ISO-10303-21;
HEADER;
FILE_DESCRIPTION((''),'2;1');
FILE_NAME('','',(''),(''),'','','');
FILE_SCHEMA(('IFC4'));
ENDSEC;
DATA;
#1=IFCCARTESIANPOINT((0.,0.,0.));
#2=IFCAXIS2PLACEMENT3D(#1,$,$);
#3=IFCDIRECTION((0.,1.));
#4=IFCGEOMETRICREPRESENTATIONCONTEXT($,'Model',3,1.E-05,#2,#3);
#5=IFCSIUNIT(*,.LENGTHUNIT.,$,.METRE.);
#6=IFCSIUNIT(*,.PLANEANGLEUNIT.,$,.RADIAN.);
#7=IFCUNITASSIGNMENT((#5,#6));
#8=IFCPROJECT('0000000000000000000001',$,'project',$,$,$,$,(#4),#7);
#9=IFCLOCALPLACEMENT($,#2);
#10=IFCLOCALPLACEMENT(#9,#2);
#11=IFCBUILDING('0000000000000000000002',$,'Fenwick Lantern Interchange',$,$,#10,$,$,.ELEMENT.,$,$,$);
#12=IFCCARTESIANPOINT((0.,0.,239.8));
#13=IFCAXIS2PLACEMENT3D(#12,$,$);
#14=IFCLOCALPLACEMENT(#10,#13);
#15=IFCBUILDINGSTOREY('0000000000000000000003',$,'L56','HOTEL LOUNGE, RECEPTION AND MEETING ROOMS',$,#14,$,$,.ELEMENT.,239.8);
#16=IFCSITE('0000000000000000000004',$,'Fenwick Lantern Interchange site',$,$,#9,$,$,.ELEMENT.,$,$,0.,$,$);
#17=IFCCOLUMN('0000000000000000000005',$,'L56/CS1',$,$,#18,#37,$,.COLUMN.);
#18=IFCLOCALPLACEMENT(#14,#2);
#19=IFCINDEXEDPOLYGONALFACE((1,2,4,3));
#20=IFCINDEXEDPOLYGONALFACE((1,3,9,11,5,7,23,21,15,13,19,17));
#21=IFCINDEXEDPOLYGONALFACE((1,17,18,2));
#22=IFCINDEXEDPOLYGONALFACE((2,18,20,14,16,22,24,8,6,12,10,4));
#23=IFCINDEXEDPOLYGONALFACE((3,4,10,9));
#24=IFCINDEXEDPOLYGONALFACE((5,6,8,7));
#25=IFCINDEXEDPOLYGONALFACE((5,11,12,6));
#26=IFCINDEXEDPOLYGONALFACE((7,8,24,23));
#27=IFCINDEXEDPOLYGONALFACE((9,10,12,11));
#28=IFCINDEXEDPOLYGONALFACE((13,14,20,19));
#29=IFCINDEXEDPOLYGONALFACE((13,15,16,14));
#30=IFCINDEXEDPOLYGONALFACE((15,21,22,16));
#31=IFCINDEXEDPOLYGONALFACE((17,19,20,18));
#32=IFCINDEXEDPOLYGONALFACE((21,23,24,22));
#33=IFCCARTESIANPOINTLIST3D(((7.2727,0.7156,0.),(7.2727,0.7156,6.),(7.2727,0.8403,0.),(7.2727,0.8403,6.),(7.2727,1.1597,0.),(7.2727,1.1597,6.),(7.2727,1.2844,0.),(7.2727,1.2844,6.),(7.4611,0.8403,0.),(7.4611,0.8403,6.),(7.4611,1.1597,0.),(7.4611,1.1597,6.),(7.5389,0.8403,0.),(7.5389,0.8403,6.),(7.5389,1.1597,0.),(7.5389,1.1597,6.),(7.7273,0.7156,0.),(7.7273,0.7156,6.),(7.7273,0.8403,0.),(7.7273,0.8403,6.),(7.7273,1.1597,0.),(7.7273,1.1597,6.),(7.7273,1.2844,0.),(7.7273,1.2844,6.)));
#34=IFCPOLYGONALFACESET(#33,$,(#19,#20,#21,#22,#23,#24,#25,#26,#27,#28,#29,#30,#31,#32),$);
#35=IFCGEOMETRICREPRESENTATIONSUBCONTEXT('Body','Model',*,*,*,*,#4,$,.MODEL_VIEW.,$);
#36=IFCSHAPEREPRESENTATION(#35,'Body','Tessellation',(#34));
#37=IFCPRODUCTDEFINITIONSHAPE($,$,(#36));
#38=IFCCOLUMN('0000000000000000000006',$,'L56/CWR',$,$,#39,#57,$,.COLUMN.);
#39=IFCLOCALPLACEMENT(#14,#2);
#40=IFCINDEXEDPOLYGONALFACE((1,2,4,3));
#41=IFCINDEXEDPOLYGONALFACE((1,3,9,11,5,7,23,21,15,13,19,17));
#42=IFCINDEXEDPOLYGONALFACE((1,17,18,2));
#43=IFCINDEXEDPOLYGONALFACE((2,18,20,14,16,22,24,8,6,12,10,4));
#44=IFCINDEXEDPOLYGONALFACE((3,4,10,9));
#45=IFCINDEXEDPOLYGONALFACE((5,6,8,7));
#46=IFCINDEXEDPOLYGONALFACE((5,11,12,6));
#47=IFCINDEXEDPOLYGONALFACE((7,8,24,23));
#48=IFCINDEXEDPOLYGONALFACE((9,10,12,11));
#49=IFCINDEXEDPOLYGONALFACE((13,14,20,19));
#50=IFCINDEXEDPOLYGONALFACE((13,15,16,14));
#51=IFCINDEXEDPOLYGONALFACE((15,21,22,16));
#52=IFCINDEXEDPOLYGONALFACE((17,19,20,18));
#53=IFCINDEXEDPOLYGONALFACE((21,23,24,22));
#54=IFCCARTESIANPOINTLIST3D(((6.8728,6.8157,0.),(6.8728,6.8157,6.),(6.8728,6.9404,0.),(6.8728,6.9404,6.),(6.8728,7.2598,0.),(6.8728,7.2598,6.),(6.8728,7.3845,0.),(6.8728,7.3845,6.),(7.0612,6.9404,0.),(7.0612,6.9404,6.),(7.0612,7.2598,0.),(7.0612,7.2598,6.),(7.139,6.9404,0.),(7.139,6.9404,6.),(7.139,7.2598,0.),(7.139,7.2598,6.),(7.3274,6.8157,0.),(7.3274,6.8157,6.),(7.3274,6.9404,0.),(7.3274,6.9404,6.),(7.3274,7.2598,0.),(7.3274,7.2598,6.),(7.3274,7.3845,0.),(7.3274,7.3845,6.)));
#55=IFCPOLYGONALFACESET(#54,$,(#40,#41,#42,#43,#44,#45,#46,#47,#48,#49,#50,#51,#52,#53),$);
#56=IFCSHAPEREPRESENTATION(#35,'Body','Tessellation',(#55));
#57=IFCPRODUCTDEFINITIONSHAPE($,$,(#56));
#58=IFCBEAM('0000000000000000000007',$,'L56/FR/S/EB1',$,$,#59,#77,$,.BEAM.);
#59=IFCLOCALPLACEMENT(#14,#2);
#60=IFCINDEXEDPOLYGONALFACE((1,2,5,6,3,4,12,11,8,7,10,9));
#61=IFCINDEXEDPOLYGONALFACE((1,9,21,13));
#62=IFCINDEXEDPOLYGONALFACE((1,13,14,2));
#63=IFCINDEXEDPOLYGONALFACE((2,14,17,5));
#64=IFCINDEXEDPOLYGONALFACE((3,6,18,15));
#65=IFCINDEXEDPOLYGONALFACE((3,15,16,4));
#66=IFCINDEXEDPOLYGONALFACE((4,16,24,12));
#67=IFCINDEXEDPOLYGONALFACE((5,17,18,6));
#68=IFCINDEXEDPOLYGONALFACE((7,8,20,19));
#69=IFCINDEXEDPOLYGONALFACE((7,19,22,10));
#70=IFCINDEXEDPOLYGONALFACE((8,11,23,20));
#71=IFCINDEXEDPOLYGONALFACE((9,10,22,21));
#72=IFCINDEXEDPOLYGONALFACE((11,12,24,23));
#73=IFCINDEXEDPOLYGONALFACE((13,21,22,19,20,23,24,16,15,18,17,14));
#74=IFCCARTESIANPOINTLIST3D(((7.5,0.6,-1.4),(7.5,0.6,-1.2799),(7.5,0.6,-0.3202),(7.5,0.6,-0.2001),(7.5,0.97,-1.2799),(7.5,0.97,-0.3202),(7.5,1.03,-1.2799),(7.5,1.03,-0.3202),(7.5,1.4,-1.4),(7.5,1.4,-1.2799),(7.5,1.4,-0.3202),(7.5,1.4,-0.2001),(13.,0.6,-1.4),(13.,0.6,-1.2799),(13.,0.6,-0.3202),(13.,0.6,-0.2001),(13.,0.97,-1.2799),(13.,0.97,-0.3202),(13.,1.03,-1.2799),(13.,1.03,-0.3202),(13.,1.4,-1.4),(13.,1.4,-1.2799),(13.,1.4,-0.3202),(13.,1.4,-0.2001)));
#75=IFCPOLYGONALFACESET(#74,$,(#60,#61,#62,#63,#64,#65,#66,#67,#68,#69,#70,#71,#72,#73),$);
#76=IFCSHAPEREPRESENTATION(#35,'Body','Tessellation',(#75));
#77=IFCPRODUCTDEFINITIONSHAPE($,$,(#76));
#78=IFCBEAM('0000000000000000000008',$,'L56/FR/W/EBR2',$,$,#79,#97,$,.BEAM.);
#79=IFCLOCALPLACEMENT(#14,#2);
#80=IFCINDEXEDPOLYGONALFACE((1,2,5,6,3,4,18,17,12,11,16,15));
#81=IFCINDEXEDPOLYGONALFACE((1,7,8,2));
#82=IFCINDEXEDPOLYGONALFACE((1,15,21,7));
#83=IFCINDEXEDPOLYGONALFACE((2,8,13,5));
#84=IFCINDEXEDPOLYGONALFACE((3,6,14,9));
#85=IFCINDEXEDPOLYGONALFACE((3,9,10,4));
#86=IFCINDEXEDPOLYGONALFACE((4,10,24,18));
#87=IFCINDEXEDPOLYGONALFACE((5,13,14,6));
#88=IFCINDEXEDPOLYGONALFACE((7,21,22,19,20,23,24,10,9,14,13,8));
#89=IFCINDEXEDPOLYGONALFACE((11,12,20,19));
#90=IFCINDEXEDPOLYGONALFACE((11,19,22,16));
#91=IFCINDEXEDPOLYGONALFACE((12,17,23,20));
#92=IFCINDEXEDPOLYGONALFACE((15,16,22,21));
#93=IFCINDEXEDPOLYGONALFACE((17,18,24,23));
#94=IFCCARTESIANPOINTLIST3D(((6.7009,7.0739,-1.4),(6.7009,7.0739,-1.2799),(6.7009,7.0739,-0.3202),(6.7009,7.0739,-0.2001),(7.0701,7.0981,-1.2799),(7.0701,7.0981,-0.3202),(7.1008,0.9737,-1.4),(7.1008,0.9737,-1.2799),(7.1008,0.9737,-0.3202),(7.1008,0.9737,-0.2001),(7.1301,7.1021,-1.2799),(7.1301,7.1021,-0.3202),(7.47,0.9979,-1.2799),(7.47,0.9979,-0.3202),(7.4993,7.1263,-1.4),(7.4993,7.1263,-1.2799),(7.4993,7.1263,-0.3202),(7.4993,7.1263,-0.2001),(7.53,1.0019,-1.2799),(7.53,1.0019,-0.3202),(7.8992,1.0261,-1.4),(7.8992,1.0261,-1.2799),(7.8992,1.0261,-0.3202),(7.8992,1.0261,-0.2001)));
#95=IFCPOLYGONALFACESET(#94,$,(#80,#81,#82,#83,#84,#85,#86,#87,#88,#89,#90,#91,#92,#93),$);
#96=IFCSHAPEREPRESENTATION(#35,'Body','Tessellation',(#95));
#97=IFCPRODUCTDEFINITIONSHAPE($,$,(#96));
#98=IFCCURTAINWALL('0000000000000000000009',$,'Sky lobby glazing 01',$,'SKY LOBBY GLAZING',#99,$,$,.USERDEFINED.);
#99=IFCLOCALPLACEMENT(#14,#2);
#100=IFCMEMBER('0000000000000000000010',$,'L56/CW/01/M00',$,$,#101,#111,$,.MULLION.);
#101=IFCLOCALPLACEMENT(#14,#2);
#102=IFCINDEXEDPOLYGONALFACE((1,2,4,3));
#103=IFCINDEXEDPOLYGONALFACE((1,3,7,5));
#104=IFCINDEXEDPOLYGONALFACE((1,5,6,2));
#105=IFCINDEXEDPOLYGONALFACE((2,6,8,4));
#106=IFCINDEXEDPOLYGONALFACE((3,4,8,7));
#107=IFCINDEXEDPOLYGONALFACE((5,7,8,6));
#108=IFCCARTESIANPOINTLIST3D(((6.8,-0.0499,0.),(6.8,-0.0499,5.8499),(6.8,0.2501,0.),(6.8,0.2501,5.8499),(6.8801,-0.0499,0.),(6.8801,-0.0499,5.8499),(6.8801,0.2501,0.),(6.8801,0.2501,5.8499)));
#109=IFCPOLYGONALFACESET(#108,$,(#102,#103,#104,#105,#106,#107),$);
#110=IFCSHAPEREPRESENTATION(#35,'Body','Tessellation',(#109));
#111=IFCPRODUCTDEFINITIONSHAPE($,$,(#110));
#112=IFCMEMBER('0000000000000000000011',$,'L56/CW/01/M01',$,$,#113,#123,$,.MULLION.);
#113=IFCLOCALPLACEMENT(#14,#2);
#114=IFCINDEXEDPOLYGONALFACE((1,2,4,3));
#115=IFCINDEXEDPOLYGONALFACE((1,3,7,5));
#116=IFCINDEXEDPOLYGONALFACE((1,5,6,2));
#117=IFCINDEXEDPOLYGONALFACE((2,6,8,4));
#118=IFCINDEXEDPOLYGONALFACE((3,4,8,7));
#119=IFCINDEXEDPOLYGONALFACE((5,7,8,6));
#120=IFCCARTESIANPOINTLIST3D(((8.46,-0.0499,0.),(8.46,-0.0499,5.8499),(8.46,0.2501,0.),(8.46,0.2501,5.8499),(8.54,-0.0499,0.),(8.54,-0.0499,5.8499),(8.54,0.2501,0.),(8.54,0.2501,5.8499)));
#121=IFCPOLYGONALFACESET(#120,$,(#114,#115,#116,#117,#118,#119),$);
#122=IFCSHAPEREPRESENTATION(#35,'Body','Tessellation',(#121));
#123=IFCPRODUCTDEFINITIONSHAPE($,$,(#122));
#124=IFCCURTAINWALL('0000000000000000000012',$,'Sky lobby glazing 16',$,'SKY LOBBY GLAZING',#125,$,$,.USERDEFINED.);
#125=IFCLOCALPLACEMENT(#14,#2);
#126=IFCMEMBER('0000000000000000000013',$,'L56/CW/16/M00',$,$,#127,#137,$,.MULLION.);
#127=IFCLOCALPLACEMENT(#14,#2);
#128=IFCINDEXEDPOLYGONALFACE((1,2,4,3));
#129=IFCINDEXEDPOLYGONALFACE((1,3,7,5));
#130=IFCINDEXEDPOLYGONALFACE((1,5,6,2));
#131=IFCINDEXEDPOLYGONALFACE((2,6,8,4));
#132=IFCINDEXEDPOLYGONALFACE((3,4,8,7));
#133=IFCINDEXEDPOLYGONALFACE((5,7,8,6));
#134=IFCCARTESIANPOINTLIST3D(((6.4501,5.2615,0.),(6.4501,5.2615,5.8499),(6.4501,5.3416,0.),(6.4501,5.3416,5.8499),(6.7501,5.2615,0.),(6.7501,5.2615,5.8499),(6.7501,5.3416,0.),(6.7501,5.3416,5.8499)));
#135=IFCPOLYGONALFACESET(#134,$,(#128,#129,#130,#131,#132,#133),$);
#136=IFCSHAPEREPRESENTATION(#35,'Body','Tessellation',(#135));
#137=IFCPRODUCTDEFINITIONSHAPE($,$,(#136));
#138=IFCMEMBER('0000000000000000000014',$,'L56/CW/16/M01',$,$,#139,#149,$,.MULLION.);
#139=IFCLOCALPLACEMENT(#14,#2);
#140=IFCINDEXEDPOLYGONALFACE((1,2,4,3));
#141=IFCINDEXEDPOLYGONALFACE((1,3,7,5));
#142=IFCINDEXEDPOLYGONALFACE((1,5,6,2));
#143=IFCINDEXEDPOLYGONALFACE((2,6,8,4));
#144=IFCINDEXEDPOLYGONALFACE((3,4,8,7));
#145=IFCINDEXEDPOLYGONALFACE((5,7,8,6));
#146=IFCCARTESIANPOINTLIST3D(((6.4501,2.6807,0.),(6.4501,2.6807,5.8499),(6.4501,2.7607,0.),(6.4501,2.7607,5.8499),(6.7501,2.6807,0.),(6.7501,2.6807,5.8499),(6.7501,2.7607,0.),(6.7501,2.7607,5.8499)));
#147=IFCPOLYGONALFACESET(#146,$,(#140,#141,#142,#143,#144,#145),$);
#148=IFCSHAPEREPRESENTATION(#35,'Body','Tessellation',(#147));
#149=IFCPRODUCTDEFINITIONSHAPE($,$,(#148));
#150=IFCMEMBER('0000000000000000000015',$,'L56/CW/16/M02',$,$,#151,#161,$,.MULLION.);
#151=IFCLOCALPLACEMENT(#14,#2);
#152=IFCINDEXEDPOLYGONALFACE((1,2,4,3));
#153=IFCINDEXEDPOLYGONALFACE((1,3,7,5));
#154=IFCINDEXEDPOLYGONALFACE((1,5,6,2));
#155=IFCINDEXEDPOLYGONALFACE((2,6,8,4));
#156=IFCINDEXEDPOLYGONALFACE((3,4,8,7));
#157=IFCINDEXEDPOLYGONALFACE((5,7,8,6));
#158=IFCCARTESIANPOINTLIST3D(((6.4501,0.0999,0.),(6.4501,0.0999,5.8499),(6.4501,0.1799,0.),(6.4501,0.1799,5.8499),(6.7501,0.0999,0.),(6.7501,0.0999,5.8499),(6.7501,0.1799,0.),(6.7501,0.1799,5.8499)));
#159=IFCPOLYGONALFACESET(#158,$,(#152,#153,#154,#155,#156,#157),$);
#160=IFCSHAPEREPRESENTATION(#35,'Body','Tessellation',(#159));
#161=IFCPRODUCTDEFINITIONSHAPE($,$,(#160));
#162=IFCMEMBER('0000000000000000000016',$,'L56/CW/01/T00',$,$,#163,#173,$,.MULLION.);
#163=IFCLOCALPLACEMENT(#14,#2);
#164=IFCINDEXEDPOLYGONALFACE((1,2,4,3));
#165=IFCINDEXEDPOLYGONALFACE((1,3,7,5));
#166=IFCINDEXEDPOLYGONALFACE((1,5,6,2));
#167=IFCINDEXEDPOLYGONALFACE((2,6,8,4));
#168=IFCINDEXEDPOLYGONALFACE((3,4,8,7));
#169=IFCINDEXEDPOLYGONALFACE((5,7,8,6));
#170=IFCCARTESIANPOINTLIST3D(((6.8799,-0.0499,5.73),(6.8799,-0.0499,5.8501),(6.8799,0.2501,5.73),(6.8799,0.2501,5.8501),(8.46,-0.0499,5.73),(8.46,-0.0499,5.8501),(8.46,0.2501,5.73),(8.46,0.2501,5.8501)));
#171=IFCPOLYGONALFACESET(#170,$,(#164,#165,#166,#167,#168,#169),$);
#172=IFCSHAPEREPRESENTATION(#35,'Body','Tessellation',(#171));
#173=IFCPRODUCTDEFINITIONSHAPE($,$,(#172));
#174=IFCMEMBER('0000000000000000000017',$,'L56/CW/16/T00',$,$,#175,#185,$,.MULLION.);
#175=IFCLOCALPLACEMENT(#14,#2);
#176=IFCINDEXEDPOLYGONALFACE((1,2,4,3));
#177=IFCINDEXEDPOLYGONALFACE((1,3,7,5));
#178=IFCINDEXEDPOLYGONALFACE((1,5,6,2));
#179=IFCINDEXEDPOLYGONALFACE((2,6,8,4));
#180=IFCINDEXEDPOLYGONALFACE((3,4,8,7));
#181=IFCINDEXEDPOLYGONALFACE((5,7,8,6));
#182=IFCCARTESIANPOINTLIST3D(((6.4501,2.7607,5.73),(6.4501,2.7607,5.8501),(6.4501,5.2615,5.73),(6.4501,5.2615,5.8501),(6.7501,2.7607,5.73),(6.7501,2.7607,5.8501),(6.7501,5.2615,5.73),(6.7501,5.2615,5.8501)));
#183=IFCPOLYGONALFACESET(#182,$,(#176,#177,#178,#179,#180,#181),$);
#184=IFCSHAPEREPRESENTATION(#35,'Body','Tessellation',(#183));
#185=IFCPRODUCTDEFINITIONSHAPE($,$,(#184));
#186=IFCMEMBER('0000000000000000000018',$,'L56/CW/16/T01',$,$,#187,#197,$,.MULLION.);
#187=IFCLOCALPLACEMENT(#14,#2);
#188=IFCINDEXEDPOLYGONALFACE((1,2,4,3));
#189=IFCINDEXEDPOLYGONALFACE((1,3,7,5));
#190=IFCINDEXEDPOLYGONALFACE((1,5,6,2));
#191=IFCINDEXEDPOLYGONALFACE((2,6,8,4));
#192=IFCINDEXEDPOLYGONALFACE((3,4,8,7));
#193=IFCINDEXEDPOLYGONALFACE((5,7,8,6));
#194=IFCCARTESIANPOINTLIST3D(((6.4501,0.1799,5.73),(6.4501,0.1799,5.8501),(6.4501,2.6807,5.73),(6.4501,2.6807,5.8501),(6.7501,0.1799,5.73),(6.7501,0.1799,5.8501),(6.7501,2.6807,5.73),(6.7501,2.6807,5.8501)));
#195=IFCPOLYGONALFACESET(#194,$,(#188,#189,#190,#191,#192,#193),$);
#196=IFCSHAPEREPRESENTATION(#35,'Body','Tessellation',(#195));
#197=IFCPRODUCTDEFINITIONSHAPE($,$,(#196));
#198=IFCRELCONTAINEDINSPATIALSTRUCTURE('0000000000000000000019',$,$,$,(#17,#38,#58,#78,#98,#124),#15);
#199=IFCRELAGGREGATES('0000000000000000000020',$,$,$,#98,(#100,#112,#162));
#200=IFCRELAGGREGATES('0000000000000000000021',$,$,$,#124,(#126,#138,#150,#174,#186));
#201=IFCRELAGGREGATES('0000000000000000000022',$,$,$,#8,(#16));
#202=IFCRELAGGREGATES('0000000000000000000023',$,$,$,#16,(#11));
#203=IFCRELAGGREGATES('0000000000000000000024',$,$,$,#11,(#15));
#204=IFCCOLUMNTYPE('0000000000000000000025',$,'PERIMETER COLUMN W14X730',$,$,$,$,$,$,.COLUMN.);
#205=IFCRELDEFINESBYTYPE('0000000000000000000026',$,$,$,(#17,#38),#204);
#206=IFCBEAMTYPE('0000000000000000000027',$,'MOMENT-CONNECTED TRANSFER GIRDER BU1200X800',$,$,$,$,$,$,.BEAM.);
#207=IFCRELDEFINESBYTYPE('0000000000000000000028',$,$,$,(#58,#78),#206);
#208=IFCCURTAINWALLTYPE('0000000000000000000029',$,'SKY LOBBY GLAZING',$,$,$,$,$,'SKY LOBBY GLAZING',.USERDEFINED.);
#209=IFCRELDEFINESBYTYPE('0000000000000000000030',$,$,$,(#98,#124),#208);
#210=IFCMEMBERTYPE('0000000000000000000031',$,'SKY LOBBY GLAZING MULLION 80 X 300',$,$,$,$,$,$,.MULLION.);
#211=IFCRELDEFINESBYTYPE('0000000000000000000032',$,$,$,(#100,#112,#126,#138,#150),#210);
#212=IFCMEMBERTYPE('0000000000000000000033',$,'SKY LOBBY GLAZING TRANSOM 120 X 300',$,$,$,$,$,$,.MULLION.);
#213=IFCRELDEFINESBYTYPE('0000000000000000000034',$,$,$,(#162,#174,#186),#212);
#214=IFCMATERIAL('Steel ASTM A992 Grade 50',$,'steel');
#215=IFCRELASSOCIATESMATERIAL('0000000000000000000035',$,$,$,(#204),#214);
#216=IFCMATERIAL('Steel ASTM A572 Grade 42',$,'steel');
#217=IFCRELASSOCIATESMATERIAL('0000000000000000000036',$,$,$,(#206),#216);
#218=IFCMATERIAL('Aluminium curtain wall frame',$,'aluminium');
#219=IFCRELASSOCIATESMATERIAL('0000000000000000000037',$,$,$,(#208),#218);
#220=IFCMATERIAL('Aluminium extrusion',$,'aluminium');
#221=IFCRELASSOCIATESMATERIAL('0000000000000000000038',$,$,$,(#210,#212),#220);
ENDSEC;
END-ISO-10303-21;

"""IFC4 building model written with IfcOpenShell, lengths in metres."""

from ifc_helpers import new_model, si_unit, direction, frame, origin, origin_2d, place, context, subcontext, project, spatial, rectangle, i_section, extrude, material, material_profile, profile_set, type_object, element, aggregate, save


model = new_model("IFC4")

# Units and contexts
model_context = context("Model", 3, precision=1e-05, world=origin(), true_north=direction((0.0, 1.0)))
body_context = subcontext(model_context, "Body", "Model", "MODEL_VIEW")
ifc_project = project(units=[si_unit("LENGTHUNIT", "METRE"), si_unit("PLANEANGLEUNIT", "RADIAN")], contexts=[model_context])

# Site, building, storey
site_placement = place(None, origin())
site = spatial("IfcSite", under=ifc_project, at=site_placement, Name="Fenwick Lantern Interchange site", CompositionType="ELEMENT", RefElevation=0.0)
building_placement = place(site_placement, origin())
building = spatial("IfcBuilding", under=site, at=building_placement, Name="Fenwick Lantern Interchange", CompositionType="ELEMENT")
storey_placement = place(building_placement, frame((0.0, 0.0, 239.8)))
storey = spatial("IfcBuildingStorey", under=building, at=storey_placement, Name="L56", Description="HOTEL LOUNGE, RECEPTION AND MEETING ROOMS", CompositionType="ELEMENT", Elevation=239.8)

# Columns
ifc_material_1 = material(Name="Steel ASTM A992 Grade 50", Category="steel")
ifc_material_profile_1 = material_profile(ifc_material_1, i_section(OverallWidth=0.4546, OverallDepth=0.5688, WebThickness=0.0779, FlangeThickness=0.1248, at=origin_2d()), Name="W14X730")
ifc_profile_set_1 = profile_set([ifc_material_profile_1], Name="Steel ASTM A992 Grade 50")
column_type = type_object("IfcColumnType", Name="PERIMETER COLUMN W14X730", PredefinedType="COLUMN", material=ifc_profile_set_1)
for number, where, z_axis, x_axis, name in (
    (1, (7.5, 1.0, 0.0), (0.0, 0.0, 1.0), (1.0, 0.0, 0.0), "L56/CS1"),
    (2, (7.1001, 7.1001, 0.0), (0.0, 0.0, 1.0), (1.0, 0.0, 0.0), "L56/CWR"),
):
    element("IfcColumn", number, at=place(storey_placement, frame(where, z_axis=z_axis, x_axis=x_axis)), inside=storey, type_object=column_type, Name=name, PredefinedType="COLUMN", context=body_context, shape_type="SweptSolid", body=[
        extrude(i_section(OverallWidth=0.4546, OverallDepth=0.5688, WebThickness=0.0779, FlangeThickness=0.1248, at=origin_2d()), origin(), (0.0, 0.0, 1.0), 6.0),
    ])

# Beams
ifc_material_2 = material(Name="Steel ASTM A572 Grade 42", Category="steel")
ifc_material_profile_2 = material_profile(ifc_material_2, i_section(OverallWidth=0.8, OverallDepth=1.2, WebThickness=0.0601, FlangeThickness=0.1201, at=origin_2d()), Name="BU1200X800")
ifc_profile_set_2 = profile_set([ifc_material_profile_2], Name="Steel ASTM A572 Grade 42")
beam_type = type_object("IfcBeamType", Name="MOMENT-CONNECTED TRANSFER GIRDER BU1200X800", PredefinedType="BEAM", material=ifc_profile_set_2)
beam_1_placement = place(storey_placement, frame((7.5, 1.0, -0.8), z_axis=(1.0, 0.0, 0.0), x_axis=(0.0, 1.0, 0.0)))
element("IfcBeam", 3, at=beam_1_placement, inside=storey, type_object=beam_type, Name="L56/FR/S/EB1", PredefinedType="BEAM", context=body_context, shape_type="SweptSolid", body=[
    extrude(i_section(OverallWidth=0.8, OverallDepth=1.2, WebThickness=0.0601, FlangeThickness=0.1201, at=origin_2d()), origin(), (0.0, 0.0, 1.0), 5.5),
])
beam_2_placement = place(storey_placement, frame((7.1001, 7.1001, -0.8), z_axis=(0.065416, -0.997858, 0.0), x_axis=(0.997858, 0.065416, 0.0)))
element("IfcBeam", 4, at=beam_2_placement, inside=storey, type_object=beam_type, Name="L56/FR/W/EBR2", PredefinedType="BEAM", context=body_context, shape_type="SweptSolid", body=[
    extrude(i_section(OverallWidth=0.8, OverallDepth=1.2, WebThickness=0.0601, FlangeThickness=0.1201, at=origin_2d()), origin(), (0.0, 0.0, 1.0), 6.1133),
])

# Curtain walls, members
ifc_material_3 = material(Name="Aluminium curtain wall frame", Category="aluminium")
curtain_wall_type = type_object("IfcCurtainWallType", Name="SKY LOBBY GLAZING", ElementType="SKY LOBBY GLAZING", PredefinedType="USERDEFINED", material=ifc_material_3)
curtain_wall_1_placement = place(storey_placement, origin())
curtain_wall_1 = element("IfcCurtainWall", 5, at=curtain_wall_1_placement, inside=storey, type_object=curtain_wall_type, Name="Sky lobby glazing 01", ObjectType="SKY LOBBY GLAZING", PredefinedType="USERDEFINED")
ifc_material_4 = material(Name="Aluminium extrusion", Category="aluminium")
ifc_material_profile_3 = material_profile(ifc_material_4, rectangle(XDim=0.3, YDim=0.0801, at=origin_2d()), Name="SKY LOBBY GLAZING MULLION 80 X 300")
ifc_profile_set_3 = profile_set([ifc_material_profile_3], Name="Aluminium extrusion")
member_type_1 = type_object("IfcMemberType", Name="SKY LOBBY GLAZING MULLION 80 X 300", PredefinedType="MULLION", material=ifc_profile_set_3)
member_1_placement = place(storey_placement, frame((6.8401, 0.1001, 0.0), z_axis=(0.0, 0.0, 1.0), x_axis=(0.0, 1.0, 0.0)))
member_1 = element("IfcMember", 6, at=member_1_placement, type_object=member_type_1, Name="L56/CW/01/M00", PredefinedType="MULLION", context=body_context, shape_type="SweptSolid", body=[
    extrude(rectangle(XDim=0.3, YDim=0.0801, at=origin_2d()), origin(), (0.0, 0.0, 1.0), 5.8499),
])
member_2_placement = place(storey_placement, frame((8.5, 0.1001, 0.0), z_axis=(0.0, 0.0, 1.0), x_axis=(0.0, 1.0, 0.0)))
member_2 = element("IfcMember", 7, at=member_2_placement, type_object=member_type_1, Name="L56/CW/01/M01", PredefinedType="MULLION", context=body_context, shape_type="SweptSolid", body=[
    extrude(rectangle(XDim=0.3, YDim=0.0801, at=origin_2d()), origin(), (0.0, 0.0, 1.0), 5.8499),
])
curtain_wall_2_placement = place(storey_placement, origin())
curtain_wall_2 = element("IfcCurtainWall", 8, at=curtain_wall_2_placement, inside=storey, type_object=curtain_wall_type, Name="Sky lobby glazing 16", ObjectType="SKY LOBBY GLAZING", PredefinedType="USERDEFINED")
member_3_placement = place(storey_placement, frame((6.6001, 5.3015, 0.0), z_axis=(0.0, 0.0, 1.0), x_axis=(1.0, 0.0, 0.0)))
member_3 = element("IfcMember", 9, at=member_3_placement, type_object=member_type_1, Name="L56/CW/16/M00", PredefinedType="MULLION", context=body_context, shape_type="SweptSolid", body=[
    extrude(rectangle(XDim=0.3, YDim=0.0801, at=origin_2d()), origin(), (0.0, 0.0, 1.0), 5.8499),
])
member_4_placement = place(storey_placement, frame((6.6001, 2.7207, 0.0), z_axis=(0.0, 0.0, 1.0), x_axis=(1.0, 0.0, 0.0)))
member_4 = element("IfcMember", 10, at=member_4_placement, type_object=member_type_1, Name="L56/CW/16/M01", PredefinedType="MULLION", context=body_context, shape_type="SweptSolid", body=[
    extrude(rectangle(XDim=0.3, YDim=0.0801, at=origin_2d()), origin(), (0.0, 0.0, 1.0), 5.8499),
])
member_5_placement = place(storey_placement, frame((6.6001, 0.1399, 0.0), z_axis=(0.0, 0.0, 1.0), x_axis=(1.0, 0.0, 0.0)))
member_5 = element("IfcMember", 11, at=member_5_placement, type_object=member_type_1, Name="L56/CW/16/M02", PredefinedType="MULLION", context=body_context, shape_type="SweptSolid", body=[
    extrude(rectangle(XDim=0.3, YDim=0.0801, at=origin_2d()), origin(), (0.0, 0.0, 1.0), 5.8499),
])

# Members
ifc_material_profile_4 = material_profile(ifc_material_4, rectangle(XDim=0.3, YDim=0.1201, at=origin_2d()), Name="SKY LOBBY GLAZING TRANSOM 120 X 300")
ifc_profile_set_4 = profile_set([ifc_material_profile_4], Name="Aluminium extrusion")
member_type_2 = type_object("IfcMemberType", Name="SKY LOBBY GLAZING TRANSOM 120 X 300", PredefinedType="MULLION", material=ifc_profile_set_4)
member_6_placement = place(storey_placement, frame((6.8799, 0.1001, 5.79), z_axis=(1.0, 0.0, 0.0), x_axis=(0.0, 1.0, 0.0)))
member_6 = element("IfcMember", 12, at=member_6_placement, type_object=member_type_2, Name="L56/CW/01/T00", PredefinedType="MULLION", context=body_context, shape_type="SweptSolid", body=[
    extrude(rectangle(XDim=0.3, YDim=0.1201, at=origin_2d()), origin(), (0.0, 0.0, 1.0), 1.5801),
])
member_7_placement = place(storey_placement, frame((6.6001, 5.2615, 5.79), z_axis=(0.0, -1.0, 0.0), x_axis=(1.0, 0.0, 0.0)))
member_7 = element("IfcMember", 13, at=member_7_placement, type_object=member_type_2, Name="L56/CW/16/T00", PredefinedType="MULLION", context=body_context, shape_type="SweptSolid", body=[
    extrude(rectangle(XDim=0.3, YDim=0.1201, at=origin_2d()), origin(), (0.0, 0.0, 1.0), 2.5007),
])
member_8_placement = place(storey_placement, frame((6.6001, 2.6807, 5.79), z_axis=(0.0, -1.0, 0.0), x_axis=(1.0, 0.0, 0.0)))
member_8 = element("IfcMember", 14, at=member_8_placement, type_object=member_type_2, Name="L56/CW/16/T01", PredefinedType="MULLION", context=body_context, shape_type="SweptSolid", body=[
    extrude(rectangle(XDim=0.3, YDim=0.1201, at=origin_2d()), origin(), (0.0, 0.0, 1.0), 2.5007),
])

aggregate(curtain_wall_1, [member_1, member_2, member_6])
aggregate(curtain_wall_2, [member_3, member_4, member_5, member_7, member_8])

save(model, "model.ifc")
